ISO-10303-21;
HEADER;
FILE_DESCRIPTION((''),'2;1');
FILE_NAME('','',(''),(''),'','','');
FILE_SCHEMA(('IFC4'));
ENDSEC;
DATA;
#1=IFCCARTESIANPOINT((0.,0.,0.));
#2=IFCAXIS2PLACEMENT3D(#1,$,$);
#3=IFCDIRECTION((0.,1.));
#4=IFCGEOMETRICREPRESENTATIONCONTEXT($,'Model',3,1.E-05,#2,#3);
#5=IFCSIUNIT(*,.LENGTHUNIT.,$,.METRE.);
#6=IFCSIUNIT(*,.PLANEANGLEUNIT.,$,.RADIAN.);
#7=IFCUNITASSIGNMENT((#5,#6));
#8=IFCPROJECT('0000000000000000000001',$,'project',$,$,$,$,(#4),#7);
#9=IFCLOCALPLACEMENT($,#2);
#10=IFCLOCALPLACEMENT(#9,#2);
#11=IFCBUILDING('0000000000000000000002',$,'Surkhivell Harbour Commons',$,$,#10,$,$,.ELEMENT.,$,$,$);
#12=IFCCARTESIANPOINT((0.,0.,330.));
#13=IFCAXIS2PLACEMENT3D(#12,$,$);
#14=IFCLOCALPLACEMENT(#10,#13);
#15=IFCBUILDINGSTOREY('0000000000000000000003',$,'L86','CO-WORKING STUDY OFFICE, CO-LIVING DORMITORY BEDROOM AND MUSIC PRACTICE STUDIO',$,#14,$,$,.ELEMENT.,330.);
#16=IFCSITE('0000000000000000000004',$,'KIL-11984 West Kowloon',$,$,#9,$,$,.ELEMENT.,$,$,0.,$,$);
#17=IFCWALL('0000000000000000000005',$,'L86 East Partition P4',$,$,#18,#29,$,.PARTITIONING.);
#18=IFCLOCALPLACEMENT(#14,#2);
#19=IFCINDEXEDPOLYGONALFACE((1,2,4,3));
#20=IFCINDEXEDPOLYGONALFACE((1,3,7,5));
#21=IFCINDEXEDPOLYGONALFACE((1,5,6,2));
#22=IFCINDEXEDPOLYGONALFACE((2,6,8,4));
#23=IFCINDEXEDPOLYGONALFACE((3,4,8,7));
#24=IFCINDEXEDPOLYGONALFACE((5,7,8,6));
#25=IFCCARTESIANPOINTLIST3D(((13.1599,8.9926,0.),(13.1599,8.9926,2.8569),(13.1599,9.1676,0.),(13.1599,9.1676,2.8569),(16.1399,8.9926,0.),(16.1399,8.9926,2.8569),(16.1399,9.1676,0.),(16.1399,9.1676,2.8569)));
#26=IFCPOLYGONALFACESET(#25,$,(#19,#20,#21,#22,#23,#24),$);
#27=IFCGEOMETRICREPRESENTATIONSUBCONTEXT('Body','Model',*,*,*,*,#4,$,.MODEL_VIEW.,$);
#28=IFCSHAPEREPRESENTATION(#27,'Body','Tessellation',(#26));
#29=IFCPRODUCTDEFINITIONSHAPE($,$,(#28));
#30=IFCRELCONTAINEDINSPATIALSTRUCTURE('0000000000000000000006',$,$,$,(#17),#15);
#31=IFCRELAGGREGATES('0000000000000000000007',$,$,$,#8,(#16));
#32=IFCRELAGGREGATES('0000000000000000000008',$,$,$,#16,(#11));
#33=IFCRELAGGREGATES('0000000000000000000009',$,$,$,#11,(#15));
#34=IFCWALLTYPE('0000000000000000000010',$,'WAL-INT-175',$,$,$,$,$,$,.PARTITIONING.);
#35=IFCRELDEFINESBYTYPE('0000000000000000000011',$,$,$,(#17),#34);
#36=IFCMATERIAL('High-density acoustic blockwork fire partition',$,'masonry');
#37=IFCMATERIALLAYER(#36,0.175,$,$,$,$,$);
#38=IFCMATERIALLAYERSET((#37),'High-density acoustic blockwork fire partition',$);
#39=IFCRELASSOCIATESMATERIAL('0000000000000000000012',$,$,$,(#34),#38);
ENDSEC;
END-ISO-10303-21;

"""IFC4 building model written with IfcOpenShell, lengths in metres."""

from ifc_helpers import new_model, si_unit, direction, frame, frame_2d, origin, place, context, subcontext, project, spatial, rectangle, extrude, material, layer, layer_set, type_object, element, save


model = new_model("IFC4")

# Units and contexts
model_context = context("Model", 3, precision=1e-05, world=origin(), true_north=direction((0.0, 1.0)))
body_context = subcontext(model_context, "Body", "Model", "MODEL_VIEW")
ifc_project = project(units=[si_unit("LENGTHUNIT", "METRE"), si_unit("PLANEANGLEUNIT", "RADIAN")], contexts=[model_context])

# Site, building, storey
site_placement = place(None, origin())
site = spatial("IfcSite", under=ifc_project, at=site_placement, Name="KIL-11984 West Kowloon", CompositionType="ELEMENT", RefElevation=0.0)
building_placement = place(site_placement, origin())
building = spatial("IfcBuilding", under=site, at=building_placement, Name="Surkhivell Harbour Commons", CompositionType="ELEMENT")
storey_placement = place(building_placement, frame((0.0, 0.0, 330.0)))
storey = spatial("IfcBuildingStorey", under=building, at=storey_placement, Name="L86", Description="CO-WORKING STUDY OFFICE, CO-LIVING DORMITORY BEDROOM AND MUSIC PRACTICE STUDIO", CompositionType="ELEMENT", Elevation=330.0)

# Wall
ifc_material_1 = material(Name="High-density acoustic blockwork fire partition", Category="masonry")
ifc_layer_1 = layer(ifc_material_1, 0.175)
ifc_layer_set_1 = layer_set([ifc_layer_1], Name="High-density acoustic blockwork fire partition")
wall_type_1 = type_object("IfcWallType", Name="WAL-INT-175", PredefinedType="PARTITIONING", material=ifc_layer_set_1)
for number, where, z_axis, x_axis, name in (
    (1, (13.1599, 9.0801, 0.0), (0.0, 0.0, 1.0), (1.0, 0.0, 0.0), "L86 East Partition P4"),
):
    element("IfcWall", number, at=place(storey_placement, frame(where, z_axis=z_axis, x_axis=x_axis)), inside=storey, type_object=wall_type_1, Name=name, PredefinedType="PARTITIONING", context=body_context, shape_type="SweptSolid", body=[
        extrude(rectangle(XDim=2.98, YDim=0.175, at=frame_2d((1.49, 0.0))), origin(), (0.0, 0.0, 1.0), 2.8569),
    ])

save(model, "model.ifc")
